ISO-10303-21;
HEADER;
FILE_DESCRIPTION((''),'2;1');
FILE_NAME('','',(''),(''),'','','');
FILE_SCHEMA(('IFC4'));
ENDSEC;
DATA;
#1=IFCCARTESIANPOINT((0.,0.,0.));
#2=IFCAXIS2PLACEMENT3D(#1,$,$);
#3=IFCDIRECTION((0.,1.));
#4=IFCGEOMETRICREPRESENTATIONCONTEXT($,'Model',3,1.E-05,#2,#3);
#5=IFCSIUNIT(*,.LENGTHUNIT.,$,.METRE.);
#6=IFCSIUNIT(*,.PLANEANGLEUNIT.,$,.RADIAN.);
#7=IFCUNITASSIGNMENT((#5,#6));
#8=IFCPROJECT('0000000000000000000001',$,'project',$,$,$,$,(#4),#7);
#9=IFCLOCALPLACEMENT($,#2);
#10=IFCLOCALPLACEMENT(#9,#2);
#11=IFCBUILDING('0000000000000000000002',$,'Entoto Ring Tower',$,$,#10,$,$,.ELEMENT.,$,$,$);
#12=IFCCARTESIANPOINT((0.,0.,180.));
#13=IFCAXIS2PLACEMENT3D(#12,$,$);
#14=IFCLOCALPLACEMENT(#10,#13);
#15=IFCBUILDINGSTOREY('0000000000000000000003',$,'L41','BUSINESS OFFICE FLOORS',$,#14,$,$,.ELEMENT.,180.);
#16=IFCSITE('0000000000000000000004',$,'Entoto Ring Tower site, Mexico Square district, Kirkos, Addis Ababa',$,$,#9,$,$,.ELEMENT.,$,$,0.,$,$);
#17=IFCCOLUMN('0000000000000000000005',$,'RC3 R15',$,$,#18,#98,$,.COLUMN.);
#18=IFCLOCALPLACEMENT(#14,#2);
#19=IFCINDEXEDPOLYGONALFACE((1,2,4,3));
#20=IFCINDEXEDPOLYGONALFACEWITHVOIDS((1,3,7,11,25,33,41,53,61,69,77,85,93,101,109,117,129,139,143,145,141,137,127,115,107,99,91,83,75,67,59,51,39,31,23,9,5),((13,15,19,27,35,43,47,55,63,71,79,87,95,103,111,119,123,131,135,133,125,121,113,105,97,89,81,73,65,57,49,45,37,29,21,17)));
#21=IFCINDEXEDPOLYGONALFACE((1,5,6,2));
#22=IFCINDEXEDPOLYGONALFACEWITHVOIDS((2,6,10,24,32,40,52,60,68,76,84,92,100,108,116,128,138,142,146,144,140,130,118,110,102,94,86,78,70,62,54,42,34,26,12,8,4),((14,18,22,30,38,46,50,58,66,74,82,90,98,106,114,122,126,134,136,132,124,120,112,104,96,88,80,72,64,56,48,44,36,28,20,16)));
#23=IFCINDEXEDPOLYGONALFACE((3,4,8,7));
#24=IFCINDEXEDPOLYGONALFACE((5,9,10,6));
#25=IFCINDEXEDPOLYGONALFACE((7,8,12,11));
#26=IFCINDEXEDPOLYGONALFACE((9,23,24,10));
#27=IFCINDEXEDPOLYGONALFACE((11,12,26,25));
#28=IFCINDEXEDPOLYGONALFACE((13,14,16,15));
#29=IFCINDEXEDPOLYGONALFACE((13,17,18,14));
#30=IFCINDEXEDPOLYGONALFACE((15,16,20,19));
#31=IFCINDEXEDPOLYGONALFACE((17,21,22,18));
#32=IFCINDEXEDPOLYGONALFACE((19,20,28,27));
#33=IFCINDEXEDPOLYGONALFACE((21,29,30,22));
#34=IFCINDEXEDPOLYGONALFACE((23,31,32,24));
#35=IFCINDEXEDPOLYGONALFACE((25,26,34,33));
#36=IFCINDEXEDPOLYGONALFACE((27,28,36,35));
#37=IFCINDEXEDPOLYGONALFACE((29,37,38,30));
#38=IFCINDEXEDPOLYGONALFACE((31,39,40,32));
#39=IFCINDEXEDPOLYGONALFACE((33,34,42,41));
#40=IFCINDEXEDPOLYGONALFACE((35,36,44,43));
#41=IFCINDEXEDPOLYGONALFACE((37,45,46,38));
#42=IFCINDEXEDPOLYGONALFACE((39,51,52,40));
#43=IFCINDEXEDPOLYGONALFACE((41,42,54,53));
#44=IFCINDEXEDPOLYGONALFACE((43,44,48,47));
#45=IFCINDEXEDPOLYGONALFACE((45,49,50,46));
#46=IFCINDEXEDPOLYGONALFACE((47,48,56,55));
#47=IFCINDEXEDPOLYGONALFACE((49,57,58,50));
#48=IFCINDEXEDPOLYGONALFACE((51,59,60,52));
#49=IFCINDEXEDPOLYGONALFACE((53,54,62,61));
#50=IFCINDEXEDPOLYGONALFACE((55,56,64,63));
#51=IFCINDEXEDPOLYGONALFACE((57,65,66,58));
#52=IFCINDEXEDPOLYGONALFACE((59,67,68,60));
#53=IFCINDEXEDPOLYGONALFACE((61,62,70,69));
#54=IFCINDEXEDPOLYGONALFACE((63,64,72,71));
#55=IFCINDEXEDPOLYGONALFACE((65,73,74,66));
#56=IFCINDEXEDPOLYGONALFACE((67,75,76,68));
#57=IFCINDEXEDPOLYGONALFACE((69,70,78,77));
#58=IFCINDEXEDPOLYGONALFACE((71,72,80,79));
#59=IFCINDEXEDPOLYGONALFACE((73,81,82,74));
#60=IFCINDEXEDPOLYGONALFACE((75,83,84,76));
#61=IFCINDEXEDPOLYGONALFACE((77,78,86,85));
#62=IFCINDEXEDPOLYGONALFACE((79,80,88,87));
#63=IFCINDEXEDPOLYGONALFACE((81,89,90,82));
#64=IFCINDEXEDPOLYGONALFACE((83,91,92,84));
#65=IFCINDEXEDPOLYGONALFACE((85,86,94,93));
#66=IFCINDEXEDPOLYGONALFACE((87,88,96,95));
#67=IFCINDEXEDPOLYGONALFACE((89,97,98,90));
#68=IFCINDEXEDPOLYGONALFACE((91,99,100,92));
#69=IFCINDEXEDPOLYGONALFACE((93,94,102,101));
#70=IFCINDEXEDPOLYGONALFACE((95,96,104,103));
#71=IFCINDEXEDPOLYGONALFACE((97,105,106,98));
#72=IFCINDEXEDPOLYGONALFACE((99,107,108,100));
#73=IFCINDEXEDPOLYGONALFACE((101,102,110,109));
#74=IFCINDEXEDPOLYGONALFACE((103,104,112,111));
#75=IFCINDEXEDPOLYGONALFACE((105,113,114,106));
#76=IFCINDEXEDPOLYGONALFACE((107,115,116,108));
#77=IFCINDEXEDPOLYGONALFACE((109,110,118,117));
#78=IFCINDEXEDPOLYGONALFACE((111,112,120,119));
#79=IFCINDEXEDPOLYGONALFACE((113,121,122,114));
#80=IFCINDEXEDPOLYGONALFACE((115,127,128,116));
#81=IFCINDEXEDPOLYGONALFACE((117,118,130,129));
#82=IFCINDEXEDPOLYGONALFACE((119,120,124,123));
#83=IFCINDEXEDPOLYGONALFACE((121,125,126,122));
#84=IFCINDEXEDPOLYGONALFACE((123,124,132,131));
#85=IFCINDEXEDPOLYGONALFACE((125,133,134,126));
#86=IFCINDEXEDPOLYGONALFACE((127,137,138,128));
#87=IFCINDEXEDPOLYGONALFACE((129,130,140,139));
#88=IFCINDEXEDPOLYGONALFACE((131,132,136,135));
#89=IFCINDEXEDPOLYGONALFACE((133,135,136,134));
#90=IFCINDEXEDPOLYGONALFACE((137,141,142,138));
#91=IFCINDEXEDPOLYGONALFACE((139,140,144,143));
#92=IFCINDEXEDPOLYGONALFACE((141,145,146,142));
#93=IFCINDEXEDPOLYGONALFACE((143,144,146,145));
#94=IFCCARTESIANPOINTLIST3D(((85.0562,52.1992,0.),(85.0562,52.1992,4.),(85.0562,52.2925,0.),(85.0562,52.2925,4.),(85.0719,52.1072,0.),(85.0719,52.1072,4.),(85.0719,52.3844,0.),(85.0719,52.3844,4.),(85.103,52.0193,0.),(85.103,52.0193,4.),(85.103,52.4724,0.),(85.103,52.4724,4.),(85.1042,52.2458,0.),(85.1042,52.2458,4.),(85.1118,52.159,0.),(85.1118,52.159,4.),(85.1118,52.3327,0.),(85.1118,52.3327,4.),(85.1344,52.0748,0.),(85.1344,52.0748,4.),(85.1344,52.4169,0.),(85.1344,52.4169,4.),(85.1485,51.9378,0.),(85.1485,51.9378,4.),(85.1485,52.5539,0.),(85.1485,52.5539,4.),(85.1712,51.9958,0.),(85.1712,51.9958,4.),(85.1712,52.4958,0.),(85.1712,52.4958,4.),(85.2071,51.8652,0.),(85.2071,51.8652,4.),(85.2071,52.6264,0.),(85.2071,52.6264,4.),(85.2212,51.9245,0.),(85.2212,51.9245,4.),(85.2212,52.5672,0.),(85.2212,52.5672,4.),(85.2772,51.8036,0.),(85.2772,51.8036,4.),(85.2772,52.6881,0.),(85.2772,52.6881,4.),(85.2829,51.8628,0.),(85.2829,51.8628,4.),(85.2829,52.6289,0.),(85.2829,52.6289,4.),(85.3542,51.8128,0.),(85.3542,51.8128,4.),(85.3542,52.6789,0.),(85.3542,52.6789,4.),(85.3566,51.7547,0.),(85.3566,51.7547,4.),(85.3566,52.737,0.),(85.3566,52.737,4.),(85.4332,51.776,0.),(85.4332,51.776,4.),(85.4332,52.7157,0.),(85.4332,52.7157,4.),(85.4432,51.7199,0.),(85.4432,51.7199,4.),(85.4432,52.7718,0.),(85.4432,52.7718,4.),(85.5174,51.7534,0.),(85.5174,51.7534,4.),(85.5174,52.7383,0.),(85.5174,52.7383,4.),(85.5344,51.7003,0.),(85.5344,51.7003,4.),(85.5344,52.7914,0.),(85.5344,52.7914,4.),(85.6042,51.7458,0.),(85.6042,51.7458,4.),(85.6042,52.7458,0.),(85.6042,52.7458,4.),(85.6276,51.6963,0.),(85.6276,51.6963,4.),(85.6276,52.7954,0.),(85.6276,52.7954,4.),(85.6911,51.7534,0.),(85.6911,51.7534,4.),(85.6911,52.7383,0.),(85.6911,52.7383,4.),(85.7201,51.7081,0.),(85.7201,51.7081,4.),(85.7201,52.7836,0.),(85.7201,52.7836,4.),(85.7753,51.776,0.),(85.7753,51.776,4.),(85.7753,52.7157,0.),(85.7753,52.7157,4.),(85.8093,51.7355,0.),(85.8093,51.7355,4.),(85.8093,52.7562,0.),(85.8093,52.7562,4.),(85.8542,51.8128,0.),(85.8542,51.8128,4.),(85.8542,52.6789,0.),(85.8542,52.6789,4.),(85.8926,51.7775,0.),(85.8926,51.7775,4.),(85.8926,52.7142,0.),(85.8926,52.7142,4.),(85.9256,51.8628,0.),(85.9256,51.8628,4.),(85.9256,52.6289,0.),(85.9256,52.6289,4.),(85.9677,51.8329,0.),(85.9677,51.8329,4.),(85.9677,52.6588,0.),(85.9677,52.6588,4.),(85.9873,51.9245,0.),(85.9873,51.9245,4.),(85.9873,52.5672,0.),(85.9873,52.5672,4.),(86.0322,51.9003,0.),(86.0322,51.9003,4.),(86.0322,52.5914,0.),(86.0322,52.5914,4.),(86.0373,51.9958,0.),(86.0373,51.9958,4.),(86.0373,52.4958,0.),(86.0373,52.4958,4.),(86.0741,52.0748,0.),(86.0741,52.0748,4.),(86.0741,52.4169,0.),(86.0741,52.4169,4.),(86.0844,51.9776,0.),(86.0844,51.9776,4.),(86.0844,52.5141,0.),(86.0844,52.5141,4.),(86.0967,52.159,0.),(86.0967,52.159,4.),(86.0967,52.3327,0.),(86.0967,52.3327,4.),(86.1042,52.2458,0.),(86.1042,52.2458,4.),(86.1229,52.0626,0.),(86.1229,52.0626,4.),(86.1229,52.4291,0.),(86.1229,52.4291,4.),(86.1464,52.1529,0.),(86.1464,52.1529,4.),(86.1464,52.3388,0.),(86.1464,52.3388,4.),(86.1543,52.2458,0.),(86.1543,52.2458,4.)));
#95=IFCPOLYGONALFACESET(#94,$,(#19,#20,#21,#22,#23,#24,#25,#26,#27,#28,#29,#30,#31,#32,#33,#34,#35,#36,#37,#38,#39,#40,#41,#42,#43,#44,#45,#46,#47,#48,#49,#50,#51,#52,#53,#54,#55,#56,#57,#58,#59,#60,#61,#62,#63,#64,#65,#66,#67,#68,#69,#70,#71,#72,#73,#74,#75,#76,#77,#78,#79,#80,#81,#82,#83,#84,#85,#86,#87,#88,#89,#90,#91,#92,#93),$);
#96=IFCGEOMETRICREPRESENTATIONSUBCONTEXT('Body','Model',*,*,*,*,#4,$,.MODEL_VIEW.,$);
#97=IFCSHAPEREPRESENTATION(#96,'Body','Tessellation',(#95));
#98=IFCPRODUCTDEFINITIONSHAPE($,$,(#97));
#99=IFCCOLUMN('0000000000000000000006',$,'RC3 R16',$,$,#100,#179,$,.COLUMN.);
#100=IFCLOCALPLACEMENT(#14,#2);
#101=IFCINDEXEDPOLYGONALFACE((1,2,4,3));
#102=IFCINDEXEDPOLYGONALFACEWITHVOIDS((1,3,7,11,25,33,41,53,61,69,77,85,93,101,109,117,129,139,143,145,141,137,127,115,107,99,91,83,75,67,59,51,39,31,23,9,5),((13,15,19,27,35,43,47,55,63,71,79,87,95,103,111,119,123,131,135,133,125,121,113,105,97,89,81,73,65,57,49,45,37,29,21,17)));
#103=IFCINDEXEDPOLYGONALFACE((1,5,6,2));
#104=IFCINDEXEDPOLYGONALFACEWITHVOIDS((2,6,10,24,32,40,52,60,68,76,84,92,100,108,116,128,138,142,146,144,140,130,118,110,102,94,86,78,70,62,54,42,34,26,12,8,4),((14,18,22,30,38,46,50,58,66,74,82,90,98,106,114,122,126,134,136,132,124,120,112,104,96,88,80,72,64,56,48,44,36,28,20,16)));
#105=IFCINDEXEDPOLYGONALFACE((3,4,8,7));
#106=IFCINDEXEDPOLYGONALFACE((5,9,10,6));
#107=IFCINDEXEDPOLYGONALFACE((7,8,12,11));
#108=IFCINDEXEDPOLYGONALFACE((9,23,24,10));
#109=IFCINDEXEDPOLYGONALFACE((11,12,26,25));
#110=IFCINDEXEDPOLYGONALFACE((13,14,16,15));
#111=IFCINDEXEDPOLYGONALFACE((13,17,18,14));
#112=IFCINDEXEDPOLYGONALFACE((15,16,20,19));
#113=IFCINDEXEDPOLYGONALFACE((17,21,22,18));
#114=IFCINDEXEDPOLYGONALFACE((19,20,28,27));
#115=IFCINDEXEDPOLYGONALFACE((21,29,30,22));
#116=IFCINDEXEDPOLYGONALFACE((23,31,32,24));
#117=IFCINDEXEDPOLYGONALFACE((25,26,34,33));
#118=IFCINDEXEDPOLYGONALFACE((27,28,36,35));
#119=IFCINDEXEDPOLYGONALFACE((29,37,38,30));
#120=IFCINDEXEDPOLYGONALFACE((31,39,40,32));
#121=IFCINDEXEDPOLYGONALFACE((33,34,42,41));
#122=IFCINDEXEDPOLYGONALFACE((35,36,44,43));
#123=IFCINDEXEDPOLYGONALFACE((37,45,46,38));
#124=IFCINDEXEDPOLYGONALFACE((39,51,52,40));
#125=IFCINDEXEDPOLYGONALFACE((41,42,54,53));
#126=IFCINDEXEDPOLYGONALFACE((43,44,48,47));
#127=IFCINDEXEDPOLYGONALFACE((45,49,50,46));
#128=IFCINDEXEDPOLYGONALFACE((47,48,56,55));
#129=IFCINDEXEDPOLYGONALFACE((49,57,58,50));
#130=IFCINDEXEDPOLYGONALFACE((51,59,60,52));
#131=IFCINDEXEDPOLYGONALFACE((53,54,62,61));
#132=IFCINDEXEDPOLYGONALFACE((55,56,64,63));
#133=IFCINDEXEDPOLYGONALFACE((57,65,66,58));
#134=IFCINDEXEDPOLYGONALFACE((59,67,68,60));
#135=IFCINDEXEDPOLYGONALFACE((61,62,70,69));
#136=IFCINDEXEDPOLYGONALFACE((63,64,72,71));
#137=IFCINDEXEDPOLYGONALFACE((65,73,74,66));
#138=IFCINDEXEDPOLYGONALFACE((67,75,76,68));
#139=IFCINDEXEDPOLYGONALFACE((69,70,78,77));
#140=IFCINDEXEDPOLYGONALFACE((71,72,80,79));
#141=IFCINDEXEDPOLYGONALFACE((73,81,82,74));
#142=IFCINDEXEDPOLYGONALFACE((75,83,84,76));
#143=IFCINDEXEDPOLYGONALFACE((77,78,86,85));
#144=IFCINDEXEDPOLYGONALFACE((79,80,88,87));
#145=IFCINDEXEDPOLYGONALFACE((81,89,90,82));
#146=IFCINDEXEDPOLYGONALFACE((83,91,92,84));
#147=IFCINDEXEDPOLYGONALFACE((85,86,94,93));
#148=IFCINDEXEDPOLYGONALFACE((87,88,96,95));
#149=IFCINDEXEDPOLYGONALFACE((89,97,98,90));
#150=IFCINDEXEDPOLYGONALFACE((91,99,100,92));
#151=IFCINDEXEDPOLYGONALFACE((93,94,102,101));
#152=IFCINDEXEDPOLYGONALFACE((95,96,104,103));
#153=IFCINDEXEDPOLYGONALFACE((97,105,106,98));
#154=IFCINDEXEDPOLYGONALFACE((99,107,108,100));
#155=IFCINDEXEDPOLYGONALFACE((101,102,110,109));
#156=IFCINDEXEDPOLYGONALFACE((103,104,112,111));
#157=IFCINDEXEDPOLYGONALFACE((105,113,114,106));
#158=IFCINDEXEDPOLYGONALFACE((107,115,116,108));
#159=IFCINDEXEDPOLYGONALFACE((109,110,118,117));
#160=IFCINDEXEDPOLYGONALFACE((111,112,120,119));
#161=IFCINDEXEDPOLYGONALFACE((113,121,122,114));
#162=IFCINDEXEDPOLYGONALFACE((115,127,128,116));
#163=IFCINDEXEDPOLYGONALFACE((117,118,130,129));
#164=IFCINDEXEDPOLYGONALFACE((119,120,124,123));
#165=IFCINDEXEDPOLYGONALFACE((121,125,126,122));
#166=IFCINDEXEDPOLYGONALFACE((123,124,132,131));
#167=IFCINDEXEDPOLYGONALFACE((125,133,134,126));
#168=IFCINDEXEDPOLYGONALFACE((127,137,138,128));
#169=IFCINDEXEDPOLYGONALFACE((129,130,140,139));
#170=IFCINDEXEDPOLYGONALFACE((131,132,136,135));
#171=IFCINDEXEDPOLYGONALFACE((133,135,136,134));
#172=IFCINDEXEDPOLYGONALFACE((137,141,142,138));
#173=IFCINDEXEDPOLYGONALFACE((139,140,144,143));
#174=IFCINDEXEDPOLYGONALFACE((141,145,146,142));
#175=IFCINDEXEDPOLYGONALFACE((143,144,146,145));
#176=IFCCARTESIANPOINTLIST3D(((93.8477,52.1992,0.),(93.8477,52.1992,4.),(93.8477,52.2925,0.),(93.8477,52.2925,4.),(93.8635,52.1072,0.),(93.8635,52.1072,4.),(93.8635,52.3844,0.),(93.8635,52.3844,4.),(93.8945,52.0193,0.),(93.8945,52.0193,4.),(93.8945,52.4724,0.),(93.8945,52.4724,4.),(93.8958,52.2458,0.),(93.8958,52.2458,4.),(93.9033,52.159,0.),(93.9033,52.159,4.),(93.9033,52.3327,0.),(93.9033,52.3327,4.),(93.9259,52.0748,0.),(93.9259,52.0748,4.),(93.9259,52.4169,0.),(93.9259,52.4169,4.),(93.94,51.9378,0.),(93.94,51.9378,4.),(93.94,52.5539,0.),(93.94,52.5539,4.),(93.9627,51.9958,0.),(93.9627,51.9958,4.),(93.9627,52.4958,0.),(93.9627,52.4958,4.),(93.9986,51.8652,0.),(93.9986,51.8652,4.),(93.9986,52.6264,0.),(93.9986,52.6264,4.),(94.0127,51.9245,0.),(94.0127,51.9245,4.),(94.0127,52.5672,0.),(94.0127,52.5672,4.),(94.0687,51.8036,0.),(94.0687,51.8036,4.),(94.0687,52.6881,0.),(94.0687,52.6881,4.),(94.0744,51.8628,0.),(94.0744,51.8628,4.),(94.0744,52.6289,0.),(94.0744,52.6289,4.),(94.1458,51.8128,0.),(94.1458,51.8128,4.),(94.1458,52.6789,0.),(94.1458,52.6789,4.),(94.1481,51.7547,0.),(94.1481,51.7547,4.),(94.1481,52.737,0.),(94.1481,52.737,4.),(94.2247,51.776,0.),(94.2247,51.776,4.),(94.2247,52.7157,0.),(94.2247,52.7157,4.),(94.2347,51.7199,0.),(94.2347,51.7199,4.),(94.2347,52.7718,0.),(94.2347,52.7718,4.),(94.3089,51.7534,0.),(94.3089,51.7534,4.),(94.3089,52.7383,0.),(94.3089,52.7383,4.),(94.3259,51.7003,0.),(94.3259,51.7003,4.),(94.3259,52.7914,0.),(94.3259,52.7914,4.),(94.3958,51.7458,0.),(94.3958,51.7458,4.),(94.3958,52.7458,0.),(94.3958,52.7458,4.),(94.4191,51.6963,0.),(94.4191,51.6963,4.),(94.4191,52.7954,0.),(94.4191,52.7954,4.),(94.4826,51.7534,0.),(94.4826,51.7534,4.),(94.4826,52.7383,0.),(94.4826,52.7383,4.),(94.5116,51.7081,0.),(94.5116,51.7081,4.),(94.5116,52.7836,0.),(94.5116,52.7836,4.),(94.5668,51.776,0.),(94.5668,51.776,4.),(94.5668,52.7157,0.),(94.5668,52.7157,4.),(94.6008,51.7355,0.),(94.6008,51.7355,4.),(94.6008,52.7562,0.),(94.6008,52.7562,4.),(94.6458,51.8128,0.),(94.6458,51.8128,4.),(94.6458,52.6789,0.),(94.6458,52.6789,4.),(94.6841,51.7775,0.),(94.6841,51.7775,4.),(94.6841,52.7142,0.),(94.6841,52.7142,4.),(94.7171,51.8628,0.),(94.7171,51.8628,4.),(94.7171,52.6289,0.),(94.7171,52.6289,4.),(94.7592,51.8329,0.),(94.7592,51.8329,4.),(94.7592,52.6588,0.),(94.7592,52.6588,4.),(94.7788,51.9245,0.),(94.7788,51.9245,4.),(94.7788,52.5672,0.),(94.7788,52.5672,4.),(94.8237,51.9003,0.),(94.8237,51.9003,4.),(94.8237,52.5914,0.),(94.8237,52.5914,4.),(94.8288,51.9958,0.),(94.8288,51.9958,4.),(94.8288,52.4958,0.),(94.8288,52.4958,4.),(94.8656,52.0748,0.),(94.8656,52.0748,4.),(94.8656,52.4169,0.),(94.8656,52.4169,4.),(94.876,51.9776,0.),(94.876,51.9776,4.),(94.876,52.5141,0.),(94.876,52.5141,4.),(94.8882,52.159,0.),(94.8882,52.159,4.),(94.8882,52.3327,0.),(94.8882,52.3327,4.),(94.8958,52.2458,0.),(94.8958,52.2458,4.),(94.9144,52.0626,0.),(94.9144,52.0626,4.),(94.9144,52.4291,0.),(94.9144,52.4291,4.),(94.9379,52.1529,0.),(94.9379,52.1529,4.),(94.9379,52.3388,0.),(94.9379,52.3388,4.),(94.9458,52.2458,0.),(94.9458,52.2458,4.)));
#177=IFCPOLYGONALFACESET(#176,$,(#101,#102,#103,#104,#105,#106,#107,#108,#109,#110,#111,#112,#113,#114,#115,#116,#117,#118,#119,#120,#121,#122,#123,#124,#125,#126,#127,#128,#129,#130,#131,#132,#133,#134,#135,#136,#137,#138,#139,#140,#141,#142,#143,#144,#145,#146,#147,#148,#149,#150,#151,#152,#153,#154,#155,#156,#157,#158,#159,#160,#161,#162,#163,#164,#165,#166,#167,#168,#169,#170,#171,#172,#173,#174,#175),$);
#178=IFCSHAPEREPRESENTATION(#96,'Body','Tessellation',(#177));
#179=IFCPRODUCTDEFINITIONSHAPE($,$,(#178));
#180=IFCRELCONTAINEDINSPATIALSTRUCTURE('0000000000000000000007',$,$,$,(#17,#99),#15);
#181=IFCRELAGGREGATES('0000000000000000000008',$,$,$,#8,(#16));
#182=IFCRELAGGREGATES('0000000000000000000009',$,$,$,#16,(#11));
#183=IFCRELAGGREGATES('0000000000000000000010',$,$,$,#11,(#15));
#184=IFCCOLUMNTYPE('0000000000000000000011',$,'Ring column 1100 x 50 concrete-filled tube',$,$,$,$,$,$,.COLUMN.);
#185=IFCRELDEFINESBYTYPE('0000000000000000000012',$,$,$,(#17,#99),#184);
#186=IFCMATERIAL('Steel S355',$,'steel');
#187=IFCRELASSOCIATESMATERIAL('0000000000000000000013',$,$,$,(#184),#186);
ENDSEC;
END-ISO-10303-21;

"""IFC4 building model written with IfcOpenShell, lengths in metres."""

from ifc_helpers import new_model, si_unit, direction, frame, origin, origin_2d, place, context, subcontext, project, spatial, circle, hollow_circle, extrude, material, material_profile, profile_set, type_object, element, save


model = new_model("IFC4")

# Units and contexts
model_context = context("Model", 3, precision=1e-05, world=origin(), true_north=direction((0.0, 1.0)))
body_context = subcontext(model_context, "Body", "Model", "MODEL_VIEW")
ifc_project = project(units=[si_unit("LENGTHUNIT", "METRE"), si_unit("PLANEANGLEUNIT", "RADIAN")], contexts=[model_context])

# Site, building, storey
site_placement = place(None, origin())
site = spatial("IfcSite", under=ifc_project, at=site_placement, Name="Entoto Ring Tower site, Mexico Square district, Kirkos, Addis Ababa", CompositionType="ELEMENT", RefElevation=0.0)
building_placement = place(site_placement, origin())
building = spatial("IfcBuilding", under=site, at=building_placement, Name="Entoto Ring Tower", CompositionType="ELEMENT")
storey_placement = place(building_placement, frame((0.0, 0.0, 180.0)))
storey = spatial("IfcBuildingStorey", under=building, at=storey_placement, Name="L41", Description="BUSINESS OFFICE FLOORS", CompositionType="ELEMENT", Elevation=180.0)

# Columns
ifc_material_1 = material(Name="Steel S355", Category="steel")
ifc_material_profile_1 = material_profile(ifc_material_1, hollow_circle(Radius=0.55, WallThickness=0.05, at=origin_2d()), Name="CHS 1100 x 50")
ifc_material_2 = material(Name="Concrete C60/75", Category="concrete")
ifc_material_profile_2 = material_profile(ifc_material_2, circle(Radius=0.5, at=origin_2d()), Name="Concrete C60/75 infill")
ifc_profile_set_1 = profile_set([ifc_material_profile_1, ifc_material_profile_2], Name="Steel S355")
column_type = type_object("IfcColumnType", Name="Ring column 1100 x 50 concrete-filled tube", PredefinedType="COLUMN", material=ifc_profile_set_1)
for number, where, z_axis, x_axis, name in (
    (1, (85.6042, 52.2458, 0.0), (0.0, 0.0, 1.0), (1.0, 0.0, 0.0), "RC3 R15"),
    (2, (94.3958, 52.2458, 0.0), (0.0, 0.0, 1.0), (1.0, 0.0, 0.0), "RC3 R16"),
):
    element("IfcColumn", number, at=place(storey_placement, frame(where, z_axis=z_axis, x_axis=x_axis)), inside=storey, type_object=column_type, Name=name, PredefinedType="COLUMN", context=body_context, shape_type="SweptSolid", body=[
        extrude(hollow_circle(Radius=0.55, WallThickness=0.05, at=origin_2d()), origin(), (0.0, 0.0, 1.0), 4.0),
    ])

save(model, "model.ifc")
